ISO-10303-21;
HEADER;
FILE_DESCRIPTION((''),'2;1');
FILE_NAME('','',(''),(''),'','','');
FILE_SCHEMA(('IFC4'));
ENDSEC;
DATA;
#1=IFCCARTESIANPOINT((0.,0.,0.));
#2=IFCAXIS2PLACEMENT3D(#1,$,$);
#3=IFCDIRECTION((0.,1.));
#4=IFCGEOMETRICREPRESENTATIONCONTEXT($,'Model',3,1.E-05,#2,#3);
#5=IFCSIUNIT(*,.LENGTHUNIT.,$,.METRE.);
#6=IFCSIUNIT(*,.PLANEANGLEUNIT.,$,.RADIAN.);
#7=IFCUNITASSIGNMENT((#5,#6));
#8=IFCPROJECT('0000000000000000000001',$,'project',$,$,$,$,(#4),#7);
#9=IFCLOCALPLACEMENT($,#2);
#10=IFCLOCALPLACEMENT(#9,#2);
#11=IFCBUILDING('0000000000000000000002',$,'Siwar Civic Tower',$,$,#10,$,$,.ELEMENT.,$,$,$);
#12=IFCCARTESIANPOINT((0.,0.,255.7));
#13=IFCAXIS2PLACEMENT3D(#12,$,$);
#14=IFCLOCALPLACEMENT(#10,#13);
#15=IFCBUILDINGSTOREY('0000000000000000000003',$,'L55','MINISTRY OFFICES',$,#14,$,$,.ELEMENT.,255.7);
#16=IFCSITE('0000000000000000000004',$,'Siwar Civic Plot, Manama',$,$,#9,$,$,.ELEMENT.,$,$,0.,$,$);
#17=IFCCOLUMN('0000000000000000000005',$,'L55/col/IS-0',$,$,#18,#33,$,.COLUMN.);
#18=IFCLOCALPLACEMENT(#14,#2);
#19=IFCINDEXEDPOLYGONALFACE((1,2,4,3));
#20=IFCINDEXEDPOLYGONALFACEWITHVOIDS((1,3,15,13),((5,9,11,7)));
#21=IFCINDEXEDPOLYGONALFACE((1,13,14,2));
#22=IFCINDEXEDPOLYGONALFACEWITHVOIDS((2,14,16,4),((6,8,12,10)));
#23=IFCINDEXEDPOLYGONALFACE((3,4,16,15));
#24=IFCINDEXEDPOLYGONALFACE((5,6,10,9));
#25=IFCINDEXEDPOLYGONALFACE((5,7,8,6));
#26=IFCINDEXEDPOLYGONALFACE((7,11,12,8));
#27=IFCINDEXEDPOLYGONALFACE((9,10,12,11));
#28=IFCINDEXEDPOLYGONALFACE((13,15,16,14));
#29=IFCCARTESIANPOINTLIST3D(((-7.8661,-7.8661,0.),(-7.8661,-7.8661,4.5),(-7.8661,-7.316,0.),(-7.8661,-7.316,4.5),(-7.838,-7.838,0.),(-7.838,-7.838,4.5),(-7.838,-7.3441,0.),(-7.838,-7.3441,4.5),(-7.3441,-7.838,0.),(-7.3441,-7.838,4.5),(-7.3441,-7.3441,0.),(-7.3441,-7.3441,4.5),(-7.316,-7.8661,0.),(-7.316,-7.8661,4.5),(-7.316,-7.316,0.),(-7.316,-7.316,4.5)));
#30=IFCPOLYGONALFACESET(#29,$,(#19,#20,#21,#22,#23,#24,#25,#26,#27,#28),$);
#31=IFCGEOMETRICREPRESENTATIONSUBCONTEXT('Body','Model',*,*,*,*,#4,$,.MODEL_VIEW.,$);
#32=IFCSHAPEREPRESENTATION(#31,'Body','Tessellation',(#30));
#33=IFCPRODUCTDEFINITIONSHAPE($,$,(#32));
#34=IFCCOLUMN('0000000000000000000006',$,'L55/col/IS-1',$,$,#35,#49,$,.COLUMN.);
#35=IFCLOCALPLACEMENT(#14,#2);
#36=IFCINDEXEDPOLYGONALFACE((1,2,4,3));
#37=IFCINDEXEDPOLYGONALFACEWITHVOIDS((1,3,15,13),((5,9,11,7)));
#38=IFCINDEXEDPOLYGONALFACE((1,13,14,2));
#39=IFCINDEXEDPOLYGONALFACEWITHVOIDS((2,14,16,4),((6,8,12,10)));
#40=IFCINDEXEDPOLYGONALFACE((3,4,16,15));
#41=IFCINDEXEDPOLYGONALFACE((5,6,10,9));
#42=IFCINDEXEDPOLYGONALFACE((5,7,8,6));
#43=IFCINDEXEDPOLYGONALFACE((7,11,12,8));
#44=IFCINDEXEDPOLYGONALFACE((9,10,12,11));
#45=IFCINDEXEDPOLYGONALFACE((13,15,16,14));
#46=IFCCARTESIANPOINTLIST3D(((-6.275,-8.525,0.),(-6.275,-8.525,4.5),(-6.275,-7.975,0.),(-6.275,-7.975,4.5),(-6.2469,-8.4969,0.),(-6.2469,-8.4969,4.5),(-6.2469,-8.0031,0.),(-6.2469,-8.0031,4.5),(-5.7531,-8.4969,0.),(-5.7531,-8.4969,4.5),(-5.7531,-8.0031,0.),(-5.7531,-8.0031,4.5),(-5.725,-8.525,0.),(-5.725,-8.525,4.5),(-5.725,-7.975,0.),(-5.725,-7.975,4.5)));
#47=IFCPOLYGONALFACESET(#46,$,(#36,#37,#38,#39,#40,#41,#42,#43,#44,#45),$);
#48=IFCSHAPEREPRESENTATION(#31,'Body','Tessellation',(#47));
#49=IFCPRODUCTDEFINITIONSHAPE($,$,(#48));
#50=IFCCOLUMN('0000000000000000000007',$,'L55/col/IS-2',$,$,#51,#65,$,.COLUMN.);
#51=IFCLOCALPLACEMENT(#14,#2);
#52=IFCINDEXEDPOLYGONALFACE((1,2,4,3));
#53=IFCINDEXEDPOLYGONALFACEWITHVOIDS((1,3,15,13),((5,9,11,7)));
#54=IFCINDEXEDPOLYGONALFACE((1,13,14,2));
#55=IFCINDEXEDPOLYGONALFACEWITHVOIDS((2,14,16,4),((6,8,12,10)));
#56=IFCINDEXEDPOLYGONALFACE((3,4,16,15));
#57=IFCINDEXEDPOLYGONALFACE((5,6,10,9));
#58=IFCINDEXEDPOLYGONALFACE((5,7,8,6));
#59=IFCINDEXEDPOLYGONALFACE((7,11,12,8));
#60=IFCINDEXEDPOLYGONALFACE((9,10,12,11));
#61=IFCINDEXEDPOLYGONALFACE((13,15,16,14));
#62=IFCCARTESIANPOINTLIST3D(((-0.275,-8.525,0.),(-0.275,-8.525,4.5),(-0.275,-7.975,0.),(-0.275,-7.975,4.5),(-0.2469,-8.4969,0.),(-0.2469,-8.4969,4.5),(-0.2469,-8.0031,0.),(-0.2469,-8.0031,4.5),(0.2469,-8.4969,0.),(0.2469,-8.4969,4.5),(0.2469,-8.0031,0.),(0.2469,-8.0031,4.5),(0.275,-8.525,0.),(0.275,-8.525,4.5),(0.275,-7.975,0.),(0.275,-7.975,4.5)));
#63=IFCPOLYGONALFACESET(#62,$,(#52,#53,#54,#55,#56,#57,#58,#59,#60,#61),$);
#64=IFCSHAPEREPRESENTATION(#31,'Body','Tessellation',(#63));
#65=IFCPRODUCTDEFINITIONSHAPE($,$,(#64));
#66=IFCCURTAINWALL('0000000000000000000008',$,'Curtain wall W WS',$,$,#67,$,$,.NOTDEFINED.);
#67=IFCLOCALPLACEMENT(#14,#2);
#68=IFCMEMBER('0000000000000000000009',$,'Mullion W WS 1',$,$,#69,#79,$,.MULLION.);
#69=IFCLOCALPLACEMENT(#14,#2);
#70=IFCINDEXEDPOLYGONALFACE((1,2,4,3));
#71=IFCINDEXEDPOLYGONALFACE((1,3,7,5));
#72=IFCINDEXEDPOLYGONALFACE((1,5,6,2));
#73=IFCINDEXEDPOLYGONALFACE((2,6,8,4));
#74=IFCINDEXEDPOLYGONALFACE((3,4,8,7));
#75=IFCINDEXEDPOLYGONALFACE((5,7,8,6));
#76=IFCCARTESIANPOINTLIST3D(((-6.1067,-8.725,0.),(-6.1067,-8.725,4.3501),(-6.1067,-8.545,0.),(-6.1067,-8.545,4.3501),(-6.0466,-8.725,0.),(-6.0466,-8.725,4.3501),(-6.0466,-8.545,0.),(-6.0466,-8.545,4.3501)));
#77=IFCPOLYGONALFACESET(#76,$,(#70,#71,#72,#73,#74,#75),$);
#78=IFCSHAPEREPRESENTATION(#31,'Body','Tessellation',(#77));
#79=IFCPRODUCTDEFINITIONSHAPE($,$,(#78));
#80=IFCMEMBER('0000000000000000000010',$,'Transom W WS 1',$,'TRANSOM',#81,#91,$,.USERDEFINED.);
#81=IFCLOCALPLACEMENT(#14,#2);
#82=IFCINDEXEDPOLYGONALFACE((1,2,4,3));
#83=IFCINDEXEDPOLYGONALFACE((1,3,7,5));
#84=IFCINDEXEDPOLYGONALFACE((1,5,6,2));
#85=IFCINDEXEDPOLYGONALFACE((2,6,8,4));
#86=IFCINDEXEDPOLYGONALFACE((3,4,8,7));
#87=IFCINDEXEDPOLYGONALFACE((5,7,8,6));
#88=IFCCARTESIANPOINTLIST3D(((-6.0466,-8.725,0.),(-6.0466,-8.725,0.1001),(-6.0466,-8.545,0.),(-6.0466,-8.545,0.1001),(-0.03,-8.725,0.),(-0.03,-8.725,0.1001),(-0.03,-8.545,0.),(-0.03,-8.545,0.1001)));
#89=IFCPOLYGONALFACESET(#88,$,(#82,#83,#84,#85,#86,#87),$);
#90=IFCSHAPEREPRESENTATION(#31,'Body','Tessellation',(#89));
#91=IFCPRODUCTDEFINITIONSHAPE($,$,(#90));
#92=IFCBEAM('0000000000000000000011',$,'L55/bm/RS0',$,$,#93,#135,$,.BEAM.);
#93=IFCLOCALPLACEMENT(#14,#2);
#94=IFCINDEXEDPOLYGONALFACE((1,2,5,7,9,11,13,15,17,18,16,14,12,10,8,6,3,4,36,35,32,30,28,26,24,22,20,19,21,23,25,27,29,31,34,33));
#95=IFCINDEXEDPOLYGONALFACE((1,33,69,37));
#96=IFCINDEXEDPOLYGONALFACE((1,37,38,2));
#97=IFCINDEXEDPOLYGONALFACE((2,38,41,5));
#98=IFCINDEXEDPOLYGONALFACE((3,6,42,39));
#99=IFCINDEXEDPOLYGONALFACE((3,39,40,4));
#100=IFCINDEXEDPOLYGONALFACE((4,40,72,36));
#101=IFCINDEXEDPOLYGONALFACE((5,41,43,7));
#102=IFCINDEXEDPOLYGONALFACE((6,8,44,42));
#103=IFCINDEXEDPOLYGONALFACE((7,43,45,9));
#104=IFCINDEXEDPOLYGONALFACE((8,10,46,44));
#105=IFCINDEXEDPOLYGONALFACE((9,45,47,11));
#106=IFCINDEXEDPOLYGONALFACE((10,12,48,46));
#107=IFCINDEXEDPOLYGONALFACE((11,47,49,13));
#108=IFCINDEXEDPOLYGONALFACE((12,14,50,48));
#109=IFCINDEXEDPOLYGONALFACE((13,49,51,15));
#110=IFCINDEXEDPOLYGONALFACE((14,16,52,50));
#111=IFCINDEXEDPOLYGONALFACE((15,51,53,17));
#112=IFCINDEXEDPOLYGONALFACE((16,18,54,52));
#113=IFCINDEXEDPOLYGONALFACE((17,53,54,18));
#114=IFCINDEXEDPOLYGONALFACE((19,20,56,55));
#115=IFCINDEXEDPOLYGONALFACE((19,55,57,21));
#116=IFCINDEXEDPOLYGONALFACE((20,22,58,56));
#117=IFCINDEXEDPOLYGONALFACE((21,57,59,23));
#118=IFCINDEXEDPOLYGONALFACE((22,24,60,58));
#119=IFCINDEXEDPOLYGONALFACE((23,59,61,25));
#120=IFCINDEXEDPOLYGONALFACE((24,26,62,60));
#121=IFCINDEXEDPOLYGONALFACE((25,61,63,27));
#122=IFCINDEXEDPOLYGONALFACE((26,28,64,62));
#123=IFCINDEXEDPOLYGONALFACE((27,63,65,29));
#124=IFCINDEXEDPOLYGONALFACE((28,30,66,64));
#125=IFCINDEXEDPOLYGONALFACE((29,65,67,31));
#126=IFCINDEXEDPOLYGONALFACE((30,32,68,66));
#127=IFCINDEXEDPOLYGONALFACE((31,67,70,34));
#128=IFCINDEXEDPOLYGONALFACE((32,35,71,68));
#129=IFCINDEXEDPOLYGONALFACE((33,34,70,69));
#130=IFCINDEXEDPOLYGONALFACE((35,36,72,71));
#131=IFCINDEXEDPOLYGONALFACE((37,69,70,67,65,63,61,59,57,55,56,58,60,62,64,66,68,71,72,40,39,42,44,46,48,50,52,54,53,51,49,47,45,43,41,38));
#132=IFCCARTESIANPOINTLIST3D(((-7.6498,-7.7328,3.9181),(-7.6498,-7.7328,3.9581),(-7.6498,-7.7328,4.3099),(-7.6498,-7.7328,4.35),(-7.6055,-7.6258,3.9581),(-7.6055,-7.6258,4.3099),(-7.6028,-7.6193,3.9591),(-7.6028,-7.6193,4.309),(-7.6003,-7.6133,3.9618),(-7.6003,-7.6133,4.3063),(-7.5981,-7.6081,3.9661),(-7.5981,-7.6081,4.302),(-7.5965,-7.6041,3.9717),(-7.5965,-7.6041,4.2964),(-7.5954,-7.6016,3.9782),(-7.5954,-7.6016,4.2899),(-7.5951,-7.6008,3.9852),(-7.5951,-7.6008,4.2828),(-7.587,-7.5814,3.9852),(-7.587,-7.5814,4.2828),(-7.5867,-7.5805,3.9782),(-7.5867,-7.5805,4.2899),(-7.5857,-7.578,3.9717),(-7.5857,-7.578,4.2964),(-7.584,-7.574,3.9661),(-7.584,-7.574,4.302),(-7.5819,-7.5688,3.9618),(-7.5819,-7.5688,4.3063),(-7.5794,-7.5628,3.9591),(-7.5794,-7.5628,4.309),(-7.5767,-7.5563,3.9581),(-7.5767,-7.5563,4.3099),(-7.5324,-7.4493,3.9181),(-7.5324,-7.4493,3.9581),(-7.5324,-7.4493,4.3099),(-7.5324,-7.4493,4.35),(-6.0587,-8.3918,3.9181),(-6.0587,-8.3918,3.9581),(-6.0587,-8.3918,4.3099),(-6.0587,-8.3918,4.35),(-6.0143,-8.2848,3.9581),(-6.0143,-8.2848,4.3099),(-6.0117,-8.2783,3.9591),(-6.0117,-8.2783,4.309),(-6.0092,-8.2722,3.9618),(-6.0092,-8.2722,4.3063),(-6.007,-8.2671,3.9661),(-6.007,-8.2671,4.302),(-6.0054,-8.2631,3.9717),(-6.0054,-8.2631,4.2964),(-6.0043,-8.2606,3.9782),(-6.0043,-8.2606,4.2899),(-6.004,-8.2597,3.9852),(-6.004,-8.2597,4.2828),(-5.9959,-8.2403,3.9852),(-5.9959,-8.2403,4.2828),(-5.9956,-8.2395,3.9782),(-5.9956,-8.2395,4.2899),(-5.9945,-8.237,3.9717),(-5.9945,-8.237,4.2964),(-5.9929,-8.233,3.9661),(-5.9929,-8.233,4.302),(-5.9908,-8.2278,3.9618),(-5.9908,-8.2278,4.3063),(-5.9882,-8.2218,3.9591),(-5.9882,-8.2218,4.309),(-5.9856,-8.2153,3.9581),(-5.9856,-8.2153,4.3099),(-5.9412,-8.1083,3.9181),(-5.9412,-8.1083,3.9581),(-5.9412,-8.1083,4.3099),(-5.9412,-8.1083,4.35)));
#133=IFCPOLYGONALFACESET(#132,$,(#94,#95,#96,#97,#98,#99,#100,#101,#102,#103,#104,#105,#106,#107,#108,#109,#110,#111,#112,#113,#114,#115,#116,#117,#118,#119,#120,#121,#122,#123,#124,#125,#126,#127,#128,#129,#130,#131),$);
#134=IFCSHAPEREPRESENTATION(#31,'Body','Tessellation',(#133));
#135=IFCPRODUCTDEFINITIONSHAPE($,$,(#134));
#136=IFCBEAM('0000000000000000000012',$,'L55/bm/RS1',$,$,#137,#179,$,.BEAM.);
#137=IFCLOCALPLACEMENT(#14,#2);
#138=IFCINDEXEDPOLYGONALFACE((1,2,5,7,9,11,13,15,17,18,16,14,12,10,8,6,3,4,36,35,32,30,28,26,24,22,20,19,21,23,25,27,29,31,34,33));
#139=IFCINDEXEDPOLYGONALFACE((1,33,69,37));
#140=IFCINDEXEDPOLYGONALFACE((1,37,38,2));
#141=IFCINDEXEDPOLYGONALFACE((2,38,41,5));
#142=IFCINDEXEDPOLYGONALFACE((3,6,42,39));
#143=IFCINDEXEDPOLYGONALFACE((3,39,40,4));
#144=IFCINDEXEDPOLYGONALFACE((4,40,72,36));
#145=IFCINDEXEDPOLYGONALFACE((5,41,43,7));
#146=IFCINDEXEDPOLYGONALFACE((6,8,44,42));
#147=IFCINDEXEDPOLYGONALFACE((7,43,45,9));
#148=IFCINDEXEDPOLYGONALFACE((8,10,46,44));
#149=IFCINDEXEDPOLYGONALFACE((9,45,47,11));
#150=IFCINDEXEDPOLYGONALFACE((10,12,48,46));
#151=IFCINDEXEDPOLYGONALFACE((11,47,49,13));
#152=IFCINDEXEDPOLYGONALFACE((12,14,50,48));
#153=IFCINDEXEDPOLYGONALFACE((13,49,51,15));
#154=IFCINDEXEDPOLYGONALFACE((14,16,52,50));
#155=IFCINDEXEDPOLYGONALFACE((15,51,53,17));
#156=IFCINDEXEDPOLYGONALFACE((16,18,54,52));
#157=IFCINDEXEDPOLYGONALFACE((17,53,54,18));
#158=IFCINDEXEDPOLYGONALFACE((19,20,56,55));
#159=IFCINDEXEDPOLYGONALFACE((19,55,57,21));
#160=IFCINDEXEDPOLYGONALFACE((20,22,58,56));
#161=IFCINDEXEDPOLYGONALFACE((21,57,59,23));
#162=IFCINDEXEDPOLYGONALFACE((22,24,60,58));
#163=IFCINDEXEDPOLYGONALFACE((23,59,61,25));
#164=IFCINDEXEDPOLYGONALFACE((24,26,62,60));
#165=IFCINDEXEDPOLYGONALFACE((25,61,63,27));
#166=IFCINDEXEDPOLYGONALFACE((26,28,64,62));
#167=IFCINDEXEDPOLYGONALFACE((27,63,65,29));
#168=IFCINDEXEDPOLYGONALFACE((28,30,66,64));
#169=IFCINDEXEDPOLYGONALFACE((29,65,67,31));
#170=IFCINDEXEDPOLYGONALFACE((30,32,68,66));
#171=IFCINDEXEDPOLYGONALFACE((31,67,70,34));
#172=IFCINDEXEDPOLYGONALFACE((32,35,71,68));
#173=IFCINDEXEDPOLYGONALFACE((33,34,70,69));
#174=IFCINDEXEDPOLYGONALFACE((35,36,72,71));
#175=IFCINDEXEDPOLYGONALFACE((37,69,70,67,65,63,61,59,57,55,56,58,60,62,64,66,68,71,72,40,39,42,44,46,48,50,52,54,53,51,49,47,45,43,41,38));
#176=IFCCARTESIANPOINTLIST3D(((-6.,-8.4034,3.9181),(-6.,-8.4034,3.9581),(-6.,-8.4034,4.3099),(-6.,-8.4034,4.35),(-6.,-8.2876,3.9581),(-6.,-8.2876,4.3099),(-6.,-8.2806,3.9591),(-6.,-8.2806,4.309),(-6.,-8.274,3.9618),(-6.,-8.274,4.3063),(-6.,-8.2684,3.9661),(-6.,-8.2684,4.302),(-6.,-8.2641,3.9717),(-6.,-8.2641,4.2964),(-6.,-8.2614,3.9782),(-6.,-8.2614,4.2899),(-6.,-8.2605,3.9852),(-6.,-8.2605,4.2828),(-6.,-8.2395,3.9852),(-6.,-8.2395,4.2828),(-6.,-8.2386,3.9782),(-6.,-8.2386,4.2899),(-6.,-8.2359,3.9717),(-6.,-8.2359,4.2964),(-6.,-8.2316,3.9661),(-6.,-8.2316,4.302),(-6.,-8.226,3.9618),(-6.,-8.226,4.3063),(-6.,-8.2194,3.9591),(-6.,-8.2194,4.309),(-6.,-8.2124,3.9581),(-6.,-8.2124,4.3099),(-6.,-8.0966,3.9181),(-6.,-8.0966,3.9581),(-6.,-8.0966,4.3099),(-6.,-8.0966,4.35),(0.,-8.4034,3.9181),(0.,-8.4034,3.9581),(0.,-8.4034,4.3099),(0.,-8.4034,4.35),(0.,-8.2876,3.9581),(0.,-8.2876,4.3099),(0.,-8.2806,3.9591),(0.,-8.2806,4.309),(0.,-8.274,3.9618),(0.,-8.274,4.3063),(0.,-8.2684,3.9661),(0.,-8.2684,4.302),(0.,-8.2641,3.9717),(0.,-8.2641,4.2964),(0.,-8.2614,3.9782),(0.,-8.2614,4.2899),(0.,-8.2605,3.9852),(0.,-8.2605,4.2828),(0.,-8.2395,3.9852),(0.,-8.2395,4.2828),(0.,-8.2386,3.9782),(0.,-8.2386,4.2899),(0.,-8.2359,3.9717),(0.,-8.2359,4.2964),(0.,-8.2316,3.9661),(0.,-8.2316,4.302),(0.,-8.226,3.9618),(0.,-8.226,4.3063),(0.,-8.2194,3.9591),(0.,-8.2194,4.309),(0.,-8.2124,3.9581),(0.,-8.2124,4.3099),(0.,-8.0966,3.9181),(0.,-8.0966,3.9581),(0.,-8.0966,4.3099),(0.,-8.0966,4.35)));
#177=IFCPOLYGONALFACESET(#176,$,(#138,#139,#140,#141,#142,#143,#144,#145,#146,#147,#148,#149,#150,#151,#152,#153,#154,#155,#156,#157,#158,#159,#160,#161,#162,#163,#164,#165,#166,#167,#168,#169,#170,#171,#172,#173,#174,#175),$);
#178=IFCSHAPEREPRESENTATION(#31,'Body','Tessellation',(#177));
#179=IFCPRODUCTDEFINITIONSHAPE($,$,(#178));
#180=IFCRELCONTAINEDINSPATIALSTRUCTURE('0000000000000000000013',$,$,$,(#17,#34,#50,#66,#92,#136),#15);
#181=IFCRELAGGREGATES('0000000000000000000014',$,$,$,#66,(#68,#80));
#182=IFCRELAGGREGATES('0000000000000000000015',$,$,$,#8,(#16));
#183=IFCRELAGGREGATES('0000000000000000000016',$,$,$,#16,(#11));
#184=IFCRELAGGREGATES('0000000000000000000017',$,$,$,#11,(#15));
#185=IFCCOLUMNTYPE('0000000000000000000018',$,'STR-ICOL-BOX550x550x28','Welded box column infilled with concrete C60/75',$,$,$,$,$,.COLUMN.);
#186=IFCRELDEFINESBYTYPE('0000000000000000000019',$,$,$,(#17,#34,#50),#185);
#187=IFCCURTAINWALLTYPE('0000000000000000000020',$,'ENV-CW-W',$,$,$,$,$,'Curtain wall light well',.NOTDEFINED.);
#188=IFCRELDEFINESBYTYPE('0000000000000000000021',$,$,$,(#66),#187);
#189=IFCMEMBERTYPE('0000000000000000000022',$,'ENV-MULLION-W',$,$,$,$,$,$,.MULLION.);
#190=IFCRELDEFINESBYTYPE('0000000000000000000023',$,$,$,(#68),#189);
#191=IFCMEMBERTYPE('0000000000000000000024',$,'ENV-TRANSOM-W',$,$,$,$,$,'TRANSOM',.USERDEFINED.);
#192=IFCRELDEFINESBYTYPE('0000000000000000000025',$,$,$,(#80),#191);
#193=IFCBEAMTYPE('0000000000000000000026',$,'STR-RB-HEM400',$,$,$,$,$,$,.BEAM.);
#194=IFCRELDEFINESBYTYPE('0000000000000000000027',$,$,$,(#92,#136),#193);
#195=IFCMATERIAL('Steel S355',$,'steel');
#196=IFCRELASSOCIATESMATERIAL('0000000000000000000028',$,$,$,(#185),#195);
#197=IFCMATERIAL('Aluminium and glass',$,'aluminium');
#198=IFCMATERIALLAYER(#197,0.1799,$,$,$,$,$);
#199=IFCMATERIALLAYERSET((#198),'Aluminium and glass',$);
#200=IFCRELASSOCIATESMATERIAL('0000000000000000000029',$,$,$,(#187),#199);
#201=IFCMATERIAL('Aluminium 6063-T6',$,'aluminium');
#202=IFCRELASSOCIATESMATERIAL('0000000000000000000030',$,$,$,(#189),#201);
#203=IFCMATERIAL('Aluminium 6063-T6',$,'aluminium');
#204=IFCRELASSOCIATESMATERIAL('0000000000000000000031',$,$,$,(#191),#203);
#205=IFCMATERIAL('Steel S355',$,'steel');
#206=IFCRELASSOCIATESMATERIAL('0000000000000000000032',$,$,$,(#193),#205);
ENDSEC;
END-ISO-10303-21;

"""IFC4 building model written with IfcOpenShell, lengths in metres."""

from ifc_helpers import new_model, si_unit, direction, frame, origin, origin_2d, place, context, subcontext, project, spatial, rectangle, hollow_rectangle, i_section, extrude, material, layer, layer_set, material_profile, profile_set, type_object, element, aggregate, save


model = new_model("IFC4")

# Units and contexts
model_context = context("Model", 3, precision=1e-05, world=origin(), true_north=direction((0.0, 1.0)))
body_context = subcontext(model_context, "Body", "Model", "MODEL_VIEW")
ifc_project = project(units=[si_unit("LENGTHUNIT", "METRE"), si_unit("PLANEANGLEUNIT", "RADIAN")], contexts=[model_context])

# Site, building, storey
site_placement = place(None, origin())
site = spatial("IfcSite", under=ifc_project, at=site_placement, Name="Siwar Civic Plot, Manama", CompositionType="ELEMENT", RefElevation=0.0)
building_placement = place(site_placement, origin())
building = spatial("IfcBuilding", under=site, at=building_placement, Name="Siwar Civic Tower", CompositionType="ELEMENT")
storey_placement = place(building_placement, frame((0.0, 0.0, 255.7)))
storey = spatial("IfcBuildingStorey", under=building, at=storey_placement, Name="L55", Description="MINISTRY OFFICES", CompositionType="ELEMENT", Elevation=255.7)

# Columns
ifc_material_1 = material(Name="Steel S355", Category="steel")
ifc_material_profile_1 = material_profile(ifc_material_1, hollow_rectangle(XDim=0.55, YDim=0.55, WallThickness=0.0281, at=origin_2d()), Name="BOX550x550x28")
ifc_profile_set_1 = profile_set([ifc_material_profile_1], Name="Steel S355")
column_type = type_object("IfcColumnType", Name="STR-ICOL-BOX550x550x28", Description="Welded box column infilled with concrete C60/75", PredefinedType="COLUMN", material=ifc_profile_set_1)
for number, where, z_axis, x_axis, name in (
    (1, (-7.5911, -7.5911, 0.0), (0.0, 0.0, 1.0), (1.0, 0.0, 0.0), "L55/col/IS-0"),
    (2, (-6.0, -8.25, 0.0), (0.0, 0.0, 1.0), (1.0, 0.0, 0.0), "L55/col/IS-1"),
    (3, (0.0, -8.25, 0.0), (0.0, 0.0, 1.0), (1.0, 0.0, 0.0), "L55/col/IS-2"),
):
    element("IfcColumn", number, at=place(storey_placement, frame(where, z_axis=z_axis, x_axis=x_axis)), inside=storey, type_object=column_type, Name=name, PredefinedType="COLUMN", context=body_context, shape_type="SweptSolid", body=[
        extrude(hollow_rectangle(XDim=0.55, YDim=0.55, WallThickness=0.0281, at=origin_2d()), origin(), (0.0, 0.0, 1.0), 4.5),
    ])

# Curtain wall, members
ifc_material_2 = material(Name="Aluminium and glass", Category="aluminium")
ifc_layer_1 = layer(ifc_material_2, 0.1799)
ifc_layer_set_1 = layer_set([ifc_layer_1], Name="Aluminium and glass")
curtain_wall_type = type_object("IfcCurtainWallType", Name="ENV-CW-W", ElementType="Curtain wall light well", PredefinedType="NOTDEFINED", material=ifc_layer_set_1)
curtain_wall_placement = place(storey_placement, origin())
curtain_wall = element("IfcCurtainWall", 4, at=curtain_wall_placement, inside=storey, type_object=curtain_wall_type, Name="Curtain wall W WS", PredefinedType="NOTDEFINED")
ifc_material_3 = material(Name="Aluminium 6063-T6", Category="aluminium")
ifc_material_profile_2 = material_profile(ifc_material_3, rectangle(XDim=0.1799, YDim=0.0601, at=origin_2d()), Name="AL 180x60")
ifc_profile_set_2 = profile_set([ifc_material_profile_2], Name="Aluminium 6063-T6")
member_type_1 = type_object("IfcMemberType", Name="ENV-MULLION-W", PredefinedType="MULLION", material=ifc_profile_set_2)
member_1_placement = place(storey_placement, frame((-6.0767, -8.635, 0.0), z_axis=(0.0, 0.0, 1.0), x_axis=(0.0, 1.0, 0.0)))
member_1 = element("IfcMember", 5, at=member_1_placement, type_object=member_type_1, Name="Mullion W WS 1", PredefinedType="MULLION", context=body_context, shape_type="SweptSolid", body=[
    extrude(rectangle(XDim=0.1799, YDim=0.0601, at=origin_2d()), origin(), (0.0, 0.0, 1.0), 4.3501),
])
ifc_material_4 = material(Name="Aluminium 6063-T6", Category="aluminium")
ifc_material_profile_3 = material_profile(ifc_material_4, rectangle(XDim=0.1799, YDim=0.1001, at=origin_2d()), Name="AL 180x100")
ifc_profile_set_3 = profile_set([ifc_material_profile_3], Name="Aluminium 6063-T6")
member_type_2 = type_object("IfcMemberType", Name="ENV-TRANSOM-W", ElementType="TRANSOM", PredefinedType="USERDEFINED", material=ifc_profile_set_3)
member_2_placement = place(storey_placement, frame((-6.0466, -8.635, 0.05), z_axis=(1.0, 0.0, 0.0), x_axis=(0.0, 1.0, 0.0)))
member_2 = element("IfcMember", 6, at=member_2_placement, type_object=member_type_2, Name="Transom W WS 1", ObjectType="TRANSOM", PredefinedType="USERDEFINED", context=body_context, shape_type="SweptSolid", body=[
    extrude(rectangle(XDim=0.1799, YDim=0.1001, at=origin_2d()), origin(), (0.0, 0.0, 1.0), 6.0166),
])

# Beams
ifc_material_5 = material(Name="Steel S355", Category="steel")
ifc_material_profile_4 = material_profile(ifc_material_5, i_section(OverallWidth=0.3069, OverallDepth=0.4319, WebThickness=0.021, FlangeThickness=0.04, FilletRadius=0.0271, at=origin_2d()), Name="HEM400")
ifc_profile_set_4 = profile_set([ifc_material_profile_4], Name="Steel S355")
beam_type = type_object("IfcBeamType", Name="STR-RB-HEM400", PredefinedType="BEAM", material=ifc_profile_set_4)
beam_1_placement = place(storey_placement, frame((-7.5911, -7.5911, 4.134), z_axis=(0.923901, -0.382631, 0.0), x_axis=(0.382631, 0.923901, 0.0)))
element("IfcBeam", 7, at=beam_1_placement, inside=storey, type_object=beam_type, Name="L55/bm/RS0", PredefinedType="BEAM", context=body_context, shape_type="SweptSolid", body=[
    extrude(i_section(OverallWidth=0.3069, OverallDepth=0.4319, WebThickness=0.021, FlangeThickness=0.04, FilletRadius=0.0271, at=origin_2d()), origin(), (0.0, 0.0, 1.0), 1.7222),
])
for number, where, z_axis, x_axis, name in (
    (8, (-6.0, -8.25, 4.134), (1.0, 0.0, 0.0), (0.0, 1.0, 0.0), "L55/bm/RS1"),
):
    element("IfcBeam", number, at=place(storey_placement, frame(where, z_axis=z_axis, x_axis=x_axis)), inside=storey, type_object=beam_type, Name=name, PredefinedType="BEAM", context=body_context, shape_type="SweptSolid", body=[
        extrude(i_section(OverallWidth=0.3069, OverallDepth=0.4319, WebThickness=0.021, FlangeThickness=0.04, FilletRadius=0.0271, at=origin_2d()), origin(), (0.0, 0.0, 1.0), 6.0),
    ])

aggregate(curtain_wall, [member_1, member_2])

save(model, "model.ifc")
